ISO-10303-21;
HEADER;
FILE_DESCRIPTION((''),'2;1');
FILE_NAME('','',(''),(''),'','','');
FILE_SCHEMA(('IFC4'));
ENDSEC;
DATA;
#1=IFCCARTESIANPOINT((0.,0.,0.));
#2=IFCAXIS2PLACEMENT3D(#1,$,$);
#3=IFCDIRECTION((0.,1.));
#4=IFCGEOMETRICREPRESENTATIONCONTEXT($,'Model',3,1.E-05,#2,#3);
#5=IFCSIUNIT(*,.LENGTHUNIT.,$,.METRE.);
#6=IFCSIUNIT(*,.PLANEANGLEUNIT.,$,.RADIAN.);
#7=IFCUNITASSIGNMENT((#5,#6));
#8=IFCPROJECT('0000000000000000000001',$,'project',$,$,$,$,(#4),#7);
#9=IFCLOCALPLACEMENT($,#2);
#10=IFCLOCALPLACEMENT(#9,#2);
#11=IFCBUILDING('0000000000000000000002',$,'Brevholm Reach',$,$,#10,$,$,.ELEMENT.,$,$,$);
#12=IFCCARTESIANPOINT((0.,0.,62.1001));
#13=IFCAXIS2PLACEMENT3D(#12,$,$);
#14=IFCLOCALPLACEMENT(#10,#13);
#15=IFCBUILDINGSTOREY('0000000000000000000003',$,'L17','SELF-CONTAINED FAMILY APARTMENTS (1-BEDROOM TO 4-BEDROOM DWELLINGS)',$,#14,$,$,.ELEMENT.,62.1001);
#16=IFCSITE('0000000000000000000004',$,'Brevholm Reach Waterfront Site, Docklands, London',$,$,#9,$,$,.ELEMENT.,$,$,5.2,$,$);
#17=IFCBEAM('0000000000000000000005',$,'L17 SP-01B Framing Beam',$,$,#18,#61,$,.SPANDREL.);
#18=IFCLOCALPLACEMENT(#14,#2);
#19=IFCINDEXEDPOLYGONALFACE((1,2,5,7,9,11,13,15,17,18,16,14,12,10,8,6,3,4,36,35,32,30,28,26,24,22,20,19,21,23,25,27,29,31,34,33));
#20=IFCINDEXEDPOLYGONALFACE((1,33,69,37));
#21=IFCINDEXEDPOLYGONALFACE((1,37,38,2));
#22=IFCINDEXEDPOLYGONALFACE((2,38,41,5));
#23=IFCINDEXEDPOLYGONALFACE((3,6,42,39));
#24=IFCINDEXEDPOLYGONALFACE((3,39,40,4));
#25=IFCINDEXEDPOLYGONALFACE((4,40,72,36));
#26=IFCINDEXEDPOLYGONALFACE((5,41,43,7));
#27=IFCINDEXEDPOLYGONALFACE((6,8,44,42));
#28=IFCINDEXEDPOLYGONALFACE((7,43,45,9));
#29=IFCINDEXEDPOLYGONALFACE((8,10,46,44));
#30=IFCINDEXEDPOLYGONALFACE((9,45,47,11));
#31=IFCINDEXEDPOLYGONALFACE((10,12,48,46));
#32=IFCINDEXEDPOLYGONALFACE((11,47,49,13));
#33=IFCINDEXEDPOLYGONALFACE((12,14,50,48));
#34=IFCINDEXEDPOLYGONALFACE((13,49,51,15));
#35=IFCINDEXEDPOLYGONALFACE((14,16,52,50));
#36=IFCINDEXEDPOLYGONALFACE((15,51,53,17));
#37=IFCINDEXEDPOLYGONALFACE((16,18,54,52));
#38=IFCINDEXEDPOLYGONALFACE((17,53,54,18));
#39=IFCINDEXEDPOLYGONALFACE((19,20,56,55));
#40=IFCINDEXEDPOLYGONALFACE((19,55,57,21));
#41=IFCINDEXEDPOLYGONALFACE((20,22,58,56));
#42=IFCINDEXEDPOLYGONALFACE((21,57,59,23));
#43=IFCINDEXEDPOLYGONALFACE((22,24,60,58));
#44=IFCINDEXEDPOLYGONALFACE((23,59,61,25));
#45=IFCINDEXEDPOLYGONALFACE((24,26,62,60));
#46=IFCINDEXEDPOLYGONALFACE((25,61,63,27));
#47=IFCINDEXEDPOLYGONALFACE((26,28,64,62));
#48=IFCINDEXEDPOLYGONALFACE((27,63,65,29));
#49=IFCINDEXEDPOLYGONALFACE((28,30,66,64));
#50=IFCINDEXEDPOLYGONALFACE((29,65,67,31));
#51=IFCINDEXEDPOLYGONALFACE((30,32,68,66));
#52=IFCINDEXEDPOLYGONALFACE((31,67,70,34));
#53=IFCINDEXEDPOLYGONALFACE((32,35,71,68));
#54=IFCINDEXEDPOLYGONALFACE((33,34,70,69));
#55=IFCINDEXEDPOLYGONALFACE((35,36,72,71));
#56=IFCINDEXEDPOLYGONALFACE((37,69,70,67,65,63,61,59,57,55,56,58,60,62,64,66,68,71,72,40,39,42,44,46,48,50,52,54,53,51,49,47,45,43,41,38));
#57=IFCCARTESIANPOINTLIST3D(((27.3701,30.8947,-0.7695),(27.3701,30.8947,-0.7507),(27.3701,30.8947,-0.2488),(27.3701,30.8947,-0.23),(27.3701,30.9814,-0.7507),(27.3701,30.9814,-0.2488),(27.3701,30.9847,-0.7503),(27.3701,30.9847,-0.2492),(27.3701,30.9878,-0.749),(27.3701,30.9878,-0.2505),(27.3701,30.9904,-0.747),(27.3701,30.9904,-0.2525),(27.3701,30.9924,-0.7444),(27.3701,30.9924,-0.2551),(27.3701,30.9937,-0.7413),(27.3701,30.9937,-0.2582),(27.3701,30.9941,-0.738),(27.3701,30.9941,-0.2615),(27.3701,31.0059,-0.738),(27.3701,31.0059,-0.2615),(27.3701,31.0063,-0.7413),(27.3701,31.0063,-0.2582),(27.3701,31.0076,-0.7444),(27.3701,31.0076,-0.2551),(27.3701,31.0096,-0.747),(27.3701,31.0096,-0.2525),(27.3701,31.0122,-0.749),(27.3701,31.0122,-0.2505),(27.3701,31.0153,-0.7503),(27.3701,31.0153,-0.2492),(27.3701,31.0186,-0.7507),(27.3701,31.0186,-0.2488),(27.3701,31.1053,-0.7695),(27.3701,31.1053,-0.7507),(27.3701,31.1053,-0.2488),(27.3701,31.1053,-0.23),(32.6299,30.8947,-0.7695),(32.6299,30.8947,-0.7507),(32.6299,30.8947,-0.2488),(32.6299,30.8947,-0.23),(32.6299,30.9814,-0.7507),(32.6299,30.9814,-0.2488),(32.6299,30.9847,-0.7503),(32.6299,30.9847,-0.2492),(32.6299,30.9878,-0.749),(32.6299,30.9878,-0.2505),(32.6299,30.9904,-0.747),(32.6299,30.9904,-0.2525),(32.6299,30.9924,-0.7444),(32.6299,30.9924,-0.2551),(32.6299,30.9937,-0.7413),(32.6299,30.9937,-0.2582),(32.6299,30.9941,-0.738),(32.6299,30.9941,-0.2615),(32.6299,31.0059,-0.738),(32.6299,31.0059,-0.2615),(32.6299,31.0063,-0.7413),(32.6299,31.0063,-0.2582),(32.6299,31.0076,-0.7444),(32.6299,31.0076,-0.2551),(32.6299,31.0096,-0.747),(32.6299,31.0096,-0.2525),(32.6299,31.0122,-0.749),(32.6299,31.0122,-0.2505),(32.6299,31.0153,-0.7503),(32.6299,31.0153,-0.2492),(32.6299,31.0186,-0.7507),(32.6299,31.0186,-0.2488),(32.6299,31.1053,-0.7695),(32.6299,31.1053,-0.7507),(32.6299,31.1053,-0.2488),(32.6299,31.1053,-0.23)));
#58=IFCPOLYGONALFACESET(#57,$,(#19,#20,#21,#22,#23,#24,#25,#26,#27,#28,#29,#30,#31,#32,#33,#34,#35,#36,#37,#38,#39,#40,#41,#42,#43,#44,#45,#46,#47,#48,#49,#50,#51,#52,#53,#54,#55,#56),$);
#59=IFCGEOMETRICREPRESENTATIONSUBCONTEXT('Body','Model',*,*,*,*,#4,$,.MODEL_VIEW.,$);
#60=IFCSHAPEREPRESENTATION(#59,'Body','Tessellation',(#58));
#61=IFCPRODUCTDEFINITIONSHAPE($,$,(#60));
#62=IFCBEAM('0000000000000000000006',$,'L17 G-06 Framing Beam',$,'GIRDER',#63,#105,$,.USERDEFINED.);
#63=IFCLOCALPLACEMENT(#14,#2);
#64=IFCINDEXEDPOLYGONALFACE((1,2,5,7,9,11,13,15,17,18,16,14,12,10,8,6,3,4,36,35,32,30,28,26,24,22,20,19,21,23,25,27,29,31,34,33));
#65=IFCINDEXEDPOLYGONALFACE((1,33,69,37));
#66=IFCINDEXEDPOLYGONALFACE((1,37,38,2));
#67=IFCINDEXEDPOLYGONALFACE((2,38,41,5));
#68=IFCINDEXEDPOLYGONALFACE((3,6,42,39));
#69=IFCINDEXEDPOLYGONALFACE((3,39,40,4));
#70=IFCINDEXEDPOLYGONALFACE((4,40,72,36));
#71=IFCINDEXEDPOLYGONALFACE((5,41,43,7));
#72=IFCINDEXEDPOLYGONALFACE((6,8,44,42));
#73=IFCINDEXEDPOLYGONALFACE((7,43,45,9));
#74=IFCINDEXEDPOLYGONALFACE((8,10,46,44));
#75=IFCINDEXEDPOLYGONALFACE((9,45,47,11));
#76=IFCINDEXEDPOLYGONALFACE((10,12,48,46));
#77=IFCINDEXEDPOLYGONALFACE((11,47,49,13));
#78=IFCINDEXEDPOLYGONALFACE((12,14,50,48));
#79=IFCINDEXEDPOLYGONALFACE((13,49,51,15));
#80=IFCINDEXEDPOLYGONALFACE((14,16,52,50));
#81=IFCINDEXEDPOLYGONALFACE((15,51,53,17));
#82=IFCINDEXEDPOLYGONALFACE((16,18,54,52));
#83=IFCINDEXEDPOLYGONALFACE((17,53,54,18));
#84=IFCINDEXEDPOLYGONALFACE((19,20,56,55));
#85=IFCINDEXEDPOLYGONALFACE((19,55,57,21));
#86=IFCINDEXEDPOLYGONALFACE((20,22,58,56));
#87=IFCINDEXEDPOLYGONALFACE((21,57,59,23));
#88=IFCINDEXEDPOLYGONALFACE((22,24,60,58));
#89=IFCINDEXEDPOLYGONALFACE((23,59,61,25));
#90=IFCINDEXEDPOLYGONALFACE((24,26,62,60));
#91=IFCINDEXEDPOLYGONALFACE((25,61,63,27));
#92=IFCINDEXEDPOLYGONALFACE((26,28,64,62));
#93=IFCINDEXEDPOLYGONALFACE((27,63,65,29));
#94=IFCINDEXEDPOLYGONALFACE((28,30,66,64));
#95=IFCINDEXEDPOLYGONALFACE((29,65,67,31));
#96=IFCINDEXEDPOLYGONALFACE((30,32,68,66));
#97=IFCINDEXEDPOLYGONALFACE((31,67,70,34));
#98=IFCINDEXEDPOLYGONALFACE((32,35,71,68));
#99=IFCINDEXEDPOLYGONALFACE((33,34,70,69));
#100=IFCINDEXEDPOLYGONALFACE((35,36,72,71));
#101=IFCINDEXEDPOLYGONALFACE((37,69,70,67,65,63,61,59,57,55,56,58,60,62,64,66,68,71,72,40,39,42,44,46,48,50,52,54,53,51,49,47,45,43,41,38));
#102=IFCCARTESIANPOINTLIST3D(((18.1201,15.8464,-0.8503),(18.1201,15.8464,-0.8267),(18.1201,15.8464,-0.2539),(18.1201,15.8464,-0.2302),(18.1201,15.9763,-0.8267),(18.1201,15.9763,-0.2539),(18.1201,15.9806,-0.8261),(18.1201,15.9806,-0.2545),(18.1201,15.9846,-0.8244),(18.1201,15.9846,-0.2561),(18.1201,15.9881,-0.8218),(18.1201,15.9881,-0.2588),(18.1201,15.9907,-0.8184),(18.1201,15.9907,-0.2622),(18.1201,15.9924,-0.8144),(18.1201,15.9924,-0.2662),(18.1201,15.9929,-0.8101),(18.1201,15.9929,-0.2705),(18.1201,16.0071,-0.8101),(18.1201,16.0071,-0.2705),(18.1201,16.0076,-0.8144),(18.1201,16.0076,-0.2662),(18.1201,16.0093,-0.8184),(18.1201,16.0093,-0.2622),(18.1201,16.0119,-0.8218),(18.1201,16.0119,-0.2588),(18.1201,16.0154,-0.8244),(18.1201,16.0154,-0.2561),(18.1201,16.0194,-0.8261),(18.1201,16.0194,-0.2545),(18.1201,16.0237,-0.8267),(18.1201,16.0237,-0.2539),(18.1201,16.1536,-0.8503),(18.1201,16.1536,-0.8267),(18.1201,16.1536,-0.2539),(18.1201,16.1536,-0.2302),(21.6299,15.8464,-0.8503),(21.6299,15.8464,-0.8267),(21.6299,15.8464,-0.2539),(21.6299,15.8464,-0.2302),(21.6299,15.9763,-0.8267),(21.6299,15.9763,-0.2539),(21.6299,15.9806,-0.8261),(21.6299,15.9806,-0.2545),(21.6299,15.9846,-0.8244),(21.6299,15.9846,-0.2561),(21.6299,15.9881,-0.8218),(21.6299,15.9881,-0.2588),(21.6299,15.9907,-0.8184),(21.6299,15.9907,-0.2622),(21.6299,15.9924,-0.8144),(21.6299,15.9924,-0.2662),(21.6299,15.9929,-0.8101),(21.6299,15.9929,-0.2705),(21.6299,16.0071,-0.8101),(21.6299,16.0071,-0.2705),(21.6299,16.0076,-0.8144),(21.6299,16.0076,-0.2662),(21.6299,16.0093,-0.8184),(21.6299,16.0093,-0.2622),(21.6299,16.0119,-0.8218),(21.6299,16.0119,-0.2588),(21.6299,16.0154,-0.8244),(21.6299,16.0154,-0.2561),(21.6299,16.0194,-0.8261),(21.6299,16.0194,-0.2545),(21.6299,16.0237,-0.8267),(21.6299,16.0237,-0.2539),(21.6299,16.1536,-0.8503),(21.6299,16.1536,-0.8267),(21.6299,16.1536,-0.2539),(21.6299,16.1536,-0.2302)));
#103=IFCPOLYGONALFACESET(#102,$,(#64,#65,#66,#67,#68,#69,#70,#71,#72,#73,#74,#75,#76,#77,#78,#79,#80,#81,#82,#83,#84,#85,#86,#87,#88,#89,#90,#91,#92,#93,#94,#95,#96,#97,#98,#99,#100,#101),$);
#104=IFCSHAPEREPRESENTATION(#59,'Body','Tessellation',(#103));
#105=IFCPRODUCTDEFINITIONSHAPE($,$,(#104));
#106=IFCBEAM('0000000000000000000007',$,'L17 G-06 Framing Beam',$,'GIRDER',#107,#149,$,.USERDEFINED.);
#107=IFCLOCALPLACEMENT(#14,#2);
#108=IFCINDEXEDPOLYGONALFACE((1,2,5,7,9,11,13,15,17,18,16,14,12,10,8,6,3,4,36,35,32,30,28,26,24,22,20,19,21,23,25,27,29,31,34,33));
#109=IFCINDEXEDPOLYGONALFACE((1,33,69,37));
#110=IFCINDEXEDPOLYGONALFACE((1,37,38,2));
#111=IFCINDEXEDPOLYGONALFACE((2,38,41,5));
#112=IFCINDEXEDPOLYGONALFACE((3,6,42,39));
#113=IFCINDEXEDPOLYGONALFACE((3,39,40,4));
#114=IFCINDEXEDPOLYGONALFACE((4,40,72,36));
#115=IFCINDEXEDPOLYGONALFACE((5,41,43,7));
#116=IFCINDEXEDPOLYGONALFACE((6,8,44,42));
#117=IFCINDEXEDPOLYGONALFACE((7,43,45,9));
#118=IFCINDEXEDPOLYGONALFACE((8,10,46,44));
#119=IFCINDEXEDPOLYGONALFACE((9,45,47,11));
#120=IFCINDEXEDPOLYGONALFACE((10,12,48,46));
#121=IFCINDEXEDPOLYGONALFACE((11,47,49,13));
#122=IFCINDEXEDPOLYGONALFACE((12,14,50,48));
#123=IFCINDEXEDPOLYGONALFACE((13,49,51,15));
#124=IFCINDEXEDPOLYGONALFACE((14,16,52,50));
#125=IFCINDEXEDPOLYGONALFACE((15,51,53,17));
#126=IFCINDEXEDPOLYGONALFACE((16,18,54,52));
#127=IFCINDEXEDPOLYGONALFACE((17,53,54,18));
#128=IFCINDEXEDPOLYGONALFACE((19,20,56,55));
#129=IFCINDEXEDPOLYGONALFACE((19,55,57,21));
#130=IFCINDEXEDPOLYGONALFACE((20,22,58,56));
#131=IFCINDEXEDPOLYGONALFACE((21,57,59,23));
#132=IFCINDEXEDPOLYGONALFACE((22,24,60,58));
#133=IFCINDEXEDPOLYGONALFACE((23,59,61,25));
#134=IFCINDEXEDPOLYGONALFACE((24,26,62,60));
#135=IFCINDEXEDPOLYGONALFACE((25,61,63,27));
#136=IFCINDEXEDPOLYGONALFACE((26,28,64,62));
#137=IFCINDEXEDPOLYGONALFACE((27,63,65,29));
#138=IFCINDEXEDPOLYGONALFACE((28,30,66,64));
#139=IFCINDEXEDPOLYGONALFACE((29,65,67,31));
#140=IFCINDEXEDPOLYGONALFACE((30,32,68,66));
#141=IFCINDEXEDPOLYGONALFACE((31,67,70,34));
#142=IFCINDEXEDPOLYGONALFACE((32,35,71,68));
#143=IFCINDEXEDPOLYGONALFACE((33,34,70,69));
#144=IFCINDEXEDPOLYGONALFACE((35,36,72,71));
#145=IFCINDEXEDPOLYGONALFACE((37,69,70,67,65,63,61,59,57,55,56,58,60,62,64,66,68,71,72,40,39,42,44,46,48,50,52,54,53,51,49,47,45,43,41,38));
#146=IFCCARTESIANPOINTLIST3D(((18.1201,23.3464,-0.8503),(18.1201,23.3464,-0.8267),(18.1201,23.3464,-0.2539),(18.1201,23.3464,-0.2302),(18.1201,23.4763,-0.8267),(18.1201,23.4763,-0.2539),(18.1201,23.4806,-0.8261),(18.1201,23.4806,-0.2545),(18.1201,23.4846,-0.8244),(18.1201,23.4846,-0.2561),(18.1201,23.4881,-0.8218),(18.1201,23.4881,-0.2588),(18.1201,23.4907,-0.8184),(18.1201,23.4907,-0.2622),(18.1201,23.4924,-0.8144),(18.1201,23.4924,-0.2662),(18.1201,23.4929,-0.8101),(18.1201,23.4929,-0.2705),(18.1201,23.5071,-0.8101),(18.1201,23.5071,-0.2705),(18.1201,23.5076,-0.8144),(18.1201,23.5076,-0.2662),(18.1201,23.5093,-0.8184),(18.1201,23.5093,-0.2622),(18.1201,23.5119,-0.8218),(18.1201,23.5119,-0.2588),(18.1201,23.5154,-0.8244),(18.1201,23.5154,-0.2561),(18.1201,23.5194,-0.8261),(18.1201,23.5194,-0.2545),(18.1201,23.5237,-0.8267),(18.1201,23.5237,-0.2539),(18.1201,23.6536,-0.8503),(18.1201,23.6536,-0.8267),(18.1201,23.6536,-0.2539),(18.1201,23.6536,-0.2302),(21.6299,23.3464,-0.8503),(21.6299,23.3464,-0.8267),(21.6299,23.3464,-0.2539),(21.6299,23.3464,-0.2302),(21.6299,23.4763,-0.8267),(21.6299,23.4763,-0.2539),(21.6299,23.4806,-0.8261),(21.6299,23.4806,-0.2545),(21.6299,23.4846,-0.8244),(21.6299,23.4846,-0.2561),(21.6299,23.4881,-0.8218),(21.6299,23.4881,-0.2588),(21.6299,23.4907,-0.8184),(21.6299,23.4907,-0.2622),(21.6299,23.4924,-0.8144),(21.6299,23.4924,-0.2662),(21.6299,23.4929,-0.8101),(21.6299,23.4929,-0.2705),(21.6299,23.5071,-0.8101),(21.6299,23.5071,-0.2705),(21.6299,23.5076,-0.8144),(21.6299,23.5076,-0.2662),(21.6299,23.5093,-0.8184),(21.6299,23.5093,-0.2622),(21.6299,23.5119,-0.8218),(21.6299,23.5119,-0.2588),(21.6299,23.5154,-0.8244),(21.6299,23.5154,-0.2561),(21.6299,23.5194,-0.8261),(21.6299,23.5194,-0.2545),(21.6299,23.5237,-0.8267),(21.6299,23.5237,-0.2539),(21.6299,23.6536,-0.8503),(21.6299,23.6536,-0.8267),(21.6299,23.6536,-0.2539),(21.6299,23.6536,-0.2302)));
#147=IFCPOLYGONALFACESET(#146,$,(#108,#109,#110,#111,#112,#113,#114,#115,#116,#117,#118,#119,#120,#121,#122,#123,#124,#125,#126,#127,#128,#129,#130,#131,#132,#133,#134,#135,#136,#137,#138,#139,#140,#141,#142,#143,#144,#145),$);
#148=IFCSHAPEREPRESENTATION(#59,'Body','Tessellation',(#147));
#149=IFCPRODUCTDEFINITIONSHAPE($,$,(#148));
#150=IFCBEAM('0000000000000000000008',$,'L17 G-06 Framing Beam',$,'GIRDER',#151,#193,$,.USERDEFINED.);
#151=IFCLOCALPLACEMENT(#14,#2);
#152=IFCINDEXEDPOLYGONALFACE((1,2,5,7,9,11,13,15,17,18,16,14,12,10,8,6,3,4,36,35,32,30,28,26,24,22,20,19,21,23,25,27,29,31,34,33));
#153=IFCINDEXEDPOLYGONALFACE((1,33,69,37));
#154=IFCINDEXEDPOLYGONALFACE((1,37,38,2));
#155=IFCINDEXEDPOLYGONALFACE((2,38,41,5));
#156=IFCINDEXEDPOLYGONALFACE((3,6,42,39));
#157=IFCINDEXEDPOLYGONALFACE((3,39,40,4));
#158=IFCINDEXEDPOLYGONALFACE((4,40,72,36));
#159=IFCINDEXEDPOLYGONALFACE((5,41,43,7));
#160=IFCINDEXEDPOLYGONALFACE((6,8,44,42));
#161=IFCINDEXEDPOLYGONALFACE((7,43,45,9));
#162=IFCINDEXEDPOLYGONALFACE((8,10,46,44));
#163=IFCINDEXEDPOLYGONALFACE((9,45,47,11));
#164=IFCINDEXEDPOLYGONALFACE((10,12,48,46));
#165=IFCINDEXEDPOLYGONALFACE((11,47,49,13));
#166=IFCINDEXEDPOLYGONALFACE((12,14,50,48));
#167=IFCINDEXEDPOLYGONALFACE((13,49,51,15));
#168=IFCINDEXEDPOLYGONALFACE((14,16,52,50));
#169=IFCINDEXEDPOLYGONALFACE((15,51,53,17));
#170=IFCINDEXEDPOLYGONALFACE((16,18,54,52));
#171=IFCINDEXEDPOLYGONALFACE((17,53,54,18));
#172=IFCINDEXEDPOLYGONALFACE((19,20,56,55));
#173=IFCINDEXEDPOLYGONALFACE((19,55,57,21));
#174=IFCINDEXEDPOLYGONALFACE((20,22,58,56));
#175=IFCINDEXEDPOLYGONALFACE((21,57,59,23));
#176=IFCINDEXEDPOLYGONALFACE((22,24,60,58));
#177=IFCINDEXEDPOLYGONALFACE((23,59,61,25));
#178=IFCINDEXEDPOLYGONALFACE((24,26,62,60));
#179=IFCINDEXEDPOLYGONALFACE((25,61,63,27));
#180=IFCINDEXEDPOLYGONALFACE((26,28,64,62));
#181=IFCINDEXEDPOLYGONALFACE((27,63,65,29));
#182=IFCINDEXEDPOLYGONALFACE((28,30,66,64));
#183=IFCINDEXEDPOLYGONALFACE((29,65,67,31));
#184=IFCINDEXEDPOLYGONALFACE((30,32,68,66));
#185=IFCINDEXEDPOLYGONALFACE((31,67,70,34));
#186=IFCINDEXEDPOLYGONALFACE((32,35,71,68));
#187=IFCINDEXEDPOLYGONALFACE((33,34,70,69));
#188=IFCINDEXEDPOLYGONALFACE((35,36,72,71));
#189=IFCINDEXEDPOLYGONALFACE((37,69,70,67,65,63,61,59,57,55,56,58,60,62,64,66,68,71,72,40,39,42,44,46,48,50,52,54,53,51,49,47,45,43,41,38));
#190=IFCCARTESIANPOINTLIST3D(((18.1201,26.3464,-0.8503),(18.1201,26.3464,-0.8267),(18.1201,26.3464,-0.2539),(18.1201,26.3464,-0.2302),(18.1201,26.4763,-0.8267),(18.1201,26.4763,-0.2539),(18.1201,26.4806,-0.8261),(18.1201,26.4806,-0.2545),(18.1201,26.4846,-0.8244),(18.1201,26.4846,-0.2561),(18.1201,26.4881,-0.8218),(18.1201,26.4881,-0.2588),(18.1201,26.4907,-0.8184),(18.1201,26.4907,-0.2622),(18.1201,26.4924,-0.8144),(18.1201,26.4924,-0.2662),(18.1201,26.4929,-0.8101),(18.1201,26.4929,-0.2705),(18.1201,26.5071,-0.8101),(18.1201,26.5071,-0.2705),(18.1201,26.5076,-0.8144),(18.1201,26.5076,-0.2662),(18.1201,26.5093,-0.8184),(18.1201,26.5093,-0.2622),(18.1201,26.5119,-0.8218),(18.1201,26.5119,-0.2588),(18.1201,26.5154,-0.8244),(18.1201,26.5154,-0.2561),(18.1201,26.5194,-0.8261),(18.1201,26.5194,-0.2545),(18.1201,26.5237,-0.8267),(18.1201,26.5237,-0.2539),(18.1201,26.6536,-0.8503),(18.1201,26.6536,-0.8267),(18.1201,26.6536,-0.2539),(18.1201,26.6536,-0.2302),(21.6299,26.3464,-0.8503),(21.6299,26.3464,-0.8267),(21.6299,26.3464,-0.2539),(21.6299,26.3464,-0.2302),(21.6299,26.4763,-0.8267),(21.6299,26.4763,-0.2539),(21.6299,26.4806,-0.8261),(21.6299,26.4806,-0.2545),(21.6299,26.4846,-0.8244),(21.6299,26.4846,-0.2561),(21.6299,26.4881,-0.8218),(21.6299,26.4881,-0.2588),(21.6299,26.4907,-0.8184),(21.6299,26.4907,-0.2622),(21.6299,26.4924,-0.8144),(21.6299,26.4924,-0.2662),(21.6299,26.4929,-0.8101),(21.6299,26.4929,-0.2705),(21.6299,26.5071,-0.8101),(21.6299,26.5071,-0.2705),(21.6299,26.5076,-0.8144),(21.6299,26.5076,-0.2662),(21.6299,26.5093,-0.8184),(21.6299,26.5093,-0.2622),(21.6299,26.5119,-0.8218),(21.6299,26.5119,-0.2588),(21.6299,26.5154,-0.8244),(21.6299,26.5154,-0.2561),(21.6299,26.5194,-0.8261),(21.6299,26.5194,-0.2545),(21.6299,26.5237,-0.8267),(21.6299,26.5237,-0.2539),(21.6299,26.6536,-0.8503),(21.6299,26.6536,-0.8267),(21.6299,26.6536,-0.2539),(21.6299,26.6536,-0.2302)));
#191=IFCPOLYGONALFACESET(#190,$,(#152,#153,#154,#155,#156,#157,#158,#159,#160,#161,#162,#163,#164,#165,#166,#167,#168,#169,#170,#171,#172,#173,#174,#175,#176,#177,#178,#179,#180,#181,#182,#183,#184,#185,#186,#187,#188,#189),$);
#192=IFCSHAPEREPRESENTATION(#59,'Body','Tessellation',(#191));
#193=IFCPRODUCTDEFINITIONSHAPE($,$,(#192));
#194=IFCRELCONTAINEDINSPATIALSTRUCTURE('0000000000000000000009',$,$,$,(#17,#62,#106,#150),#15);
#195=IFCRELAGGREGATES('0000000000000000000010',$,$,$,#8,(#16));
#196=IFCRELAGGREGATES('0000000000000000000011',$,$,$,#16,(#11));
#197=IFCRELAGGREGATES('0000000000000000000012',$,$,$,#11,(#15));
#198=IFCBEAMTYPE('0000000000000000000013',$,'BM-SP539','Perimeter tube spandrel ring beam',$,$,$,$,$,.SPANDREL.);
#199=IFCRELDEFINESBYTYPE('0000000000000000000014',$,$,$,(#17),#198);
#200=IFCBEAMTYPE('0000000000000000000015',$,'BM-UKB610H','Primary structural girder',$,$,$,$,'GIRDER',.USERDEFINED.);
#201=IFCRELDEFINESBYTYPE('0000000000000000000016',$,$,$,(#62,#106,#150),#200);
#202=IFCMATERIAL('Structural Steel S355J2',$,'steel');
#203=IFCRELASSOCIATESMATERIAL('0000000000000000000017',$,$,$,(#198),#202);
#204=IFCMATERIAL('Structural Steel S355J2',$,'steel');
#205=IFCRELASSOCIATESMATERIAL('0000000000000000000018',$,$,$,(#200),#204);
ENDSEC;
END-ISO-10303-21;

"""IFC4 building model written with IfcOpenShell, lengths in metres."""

from ifc_helpers import new_model, si_unit, direction, frame, origin, origin_2d, place, context, subcontext, project, spatial, i_section, extrude, material, material_profile, profile_set, type_object, element, save


model = new_model("IFC4")

# Units and contexts
model_context = context("Model", 3, precision=1e-05, world=origin(), true_north=direction((0.0, 1.0)))
body_context = subcontext(model_context, "Body", "Model", "MODEL_VIEW")
ifc_project = project(units=[si_unit("LENGTHUNIT", "METRE"), si_unit("PLANEANGLEUNIT", "RADIAN")], contexts=[model_context])

# Site, building, storey
site_placement = place(None, origin())
site = spatial("IfcSite", under=ifc_project, at=site_placement, Name="Brevholm Reach Waterfront Site, Docklands, London", CompositionType="ELEMENT", RefElevation=5.2)
building_placement = place(site_placement, origin())
building = spatial("IfcBuilding", under=site, at=building_placement, Name="Brevholm Reach", CompositionType="ELEMENT")
storey_placement = place(building_placement, frame((0.0, 0.0, 62.1001)))
storey = spatial("IfcBuildingStorey", under=building, at=storey_placement, Name="L17", Description="SELF-CONTAINED FAMILY APARTMENTS (1-BEDROOM TO 4-BEDROOM DWELLINGS)", CompositionType="ELEMENT", Elevation=62.1001)

# Beams
ifc_material_1 = material(Name="Structural Steel S355J2", Category="steel")
ifc_material_profile_1 = material_profile(ifc_material_1, i_section(OverallWidth=0.2107, OverallDepth=0.5396, WebThickness=0.0117, FlangeThickness=0.0188, FilletRadius=0.0127, at=origin_2d()), Name="UKB 533x210x109")
ifc_profile_set_1 = profile_set([ifc_material_profile_1], Name="Structural Steel S355J2")
beam_type_1 = type_object("IfcBeamType", Name="BM-SP539", Description="Perimeter tube spandrel ring beam", PredefinedType="SPANDREL", material=ifc_profile_set_1)
for number, where, z_axis, x_axis, name in (
    (1, (27.3701, 31.0, -0.4998), (1.0, 0.0, 0.0), (0.0, 1.0, 0.0), "L17 SP-01B Framing Beam"),
):
    element("IfcBeam", number, at=place(storey_placement, frame(where, z_axis=z_axis, x_axis=x_axis)), inside=storey, type_object=beam_type_1, Name=name, PredefinedType="SPANDREL", context=body_context, shape_type="SweptSolid", body=[
        extrude(i_section(OverallWidth=0.2107, OverallDepth=0.5396, WebThickness=0.0117, FlangeThickness=0.0188, FilletRadius=0.0127, at=origin_2d()), origin(), (0.0, 0.0, 1.0), 5.2598),
    ])
ifc_material_2 = material(Name="Structural Steel S355J2", Category="steel")
ifc_material_profile_2 = material_profile(ifc_material_2, i_section(OverallWidth=0.3071, OverallDepth=0.6201, WebThickness=0.0142, FlangeThickness=0.0237, FilletRadius=0.0166, at=origin_2d()), Name="UKB 610x305x179")
ifc_profile_set_2 = profile_set([ifc_material_profile_2], Name="Structural Steel S355J2")
beam_type_2 = type_object("IfcBeamType", Name="BM-UKB610H", Description="Primary structural girder", ElementType="GIRDER", PredefinedType="USERDEFINED", material=ifc_profile_set_2)
for number, where, z_axis, x_axis, name in (
    (2, (18.1201, 16.0, -0.5403), (1.0, 0.0, 0.0), (0.0, 1.0, 0.0), "L17 G-06 Framing Beam"),
    (3, (18.1201, 23.5, -0.5403), (1.0, 0.0, 0.0), (0.0, 1.0, 0.0), "L17 G-06 Framing Beam"),
    (4, (18.1201, 26.5, -0.5403), (1.0, 0.0, 0.0), (0.0, 1.0, 0.0), "L17 G-06 Framing Beam"),
):
    element("IfcBeam", number, at=place(storey_placement, frame(where, z_axis=z_axis, x_axis=x_axis)), inside=storey, type_object=beam_type_2, Name=name, ObjectType="GIRDER", PredefinedType="USERDEFINED", context=body_context, shape_type="SweptSolid", body=[
        extrude(i_section(OverallWidth=0.3071, OverallDepth=0.6201, WebThickness=0.0142, FlangeThickness=0.0237, FilletRadius=0.0166, at=origin_2d()), origin(), (0.0, 0.0, 1.0), 3.5098),
    ])

save(model, "model.ifc")
